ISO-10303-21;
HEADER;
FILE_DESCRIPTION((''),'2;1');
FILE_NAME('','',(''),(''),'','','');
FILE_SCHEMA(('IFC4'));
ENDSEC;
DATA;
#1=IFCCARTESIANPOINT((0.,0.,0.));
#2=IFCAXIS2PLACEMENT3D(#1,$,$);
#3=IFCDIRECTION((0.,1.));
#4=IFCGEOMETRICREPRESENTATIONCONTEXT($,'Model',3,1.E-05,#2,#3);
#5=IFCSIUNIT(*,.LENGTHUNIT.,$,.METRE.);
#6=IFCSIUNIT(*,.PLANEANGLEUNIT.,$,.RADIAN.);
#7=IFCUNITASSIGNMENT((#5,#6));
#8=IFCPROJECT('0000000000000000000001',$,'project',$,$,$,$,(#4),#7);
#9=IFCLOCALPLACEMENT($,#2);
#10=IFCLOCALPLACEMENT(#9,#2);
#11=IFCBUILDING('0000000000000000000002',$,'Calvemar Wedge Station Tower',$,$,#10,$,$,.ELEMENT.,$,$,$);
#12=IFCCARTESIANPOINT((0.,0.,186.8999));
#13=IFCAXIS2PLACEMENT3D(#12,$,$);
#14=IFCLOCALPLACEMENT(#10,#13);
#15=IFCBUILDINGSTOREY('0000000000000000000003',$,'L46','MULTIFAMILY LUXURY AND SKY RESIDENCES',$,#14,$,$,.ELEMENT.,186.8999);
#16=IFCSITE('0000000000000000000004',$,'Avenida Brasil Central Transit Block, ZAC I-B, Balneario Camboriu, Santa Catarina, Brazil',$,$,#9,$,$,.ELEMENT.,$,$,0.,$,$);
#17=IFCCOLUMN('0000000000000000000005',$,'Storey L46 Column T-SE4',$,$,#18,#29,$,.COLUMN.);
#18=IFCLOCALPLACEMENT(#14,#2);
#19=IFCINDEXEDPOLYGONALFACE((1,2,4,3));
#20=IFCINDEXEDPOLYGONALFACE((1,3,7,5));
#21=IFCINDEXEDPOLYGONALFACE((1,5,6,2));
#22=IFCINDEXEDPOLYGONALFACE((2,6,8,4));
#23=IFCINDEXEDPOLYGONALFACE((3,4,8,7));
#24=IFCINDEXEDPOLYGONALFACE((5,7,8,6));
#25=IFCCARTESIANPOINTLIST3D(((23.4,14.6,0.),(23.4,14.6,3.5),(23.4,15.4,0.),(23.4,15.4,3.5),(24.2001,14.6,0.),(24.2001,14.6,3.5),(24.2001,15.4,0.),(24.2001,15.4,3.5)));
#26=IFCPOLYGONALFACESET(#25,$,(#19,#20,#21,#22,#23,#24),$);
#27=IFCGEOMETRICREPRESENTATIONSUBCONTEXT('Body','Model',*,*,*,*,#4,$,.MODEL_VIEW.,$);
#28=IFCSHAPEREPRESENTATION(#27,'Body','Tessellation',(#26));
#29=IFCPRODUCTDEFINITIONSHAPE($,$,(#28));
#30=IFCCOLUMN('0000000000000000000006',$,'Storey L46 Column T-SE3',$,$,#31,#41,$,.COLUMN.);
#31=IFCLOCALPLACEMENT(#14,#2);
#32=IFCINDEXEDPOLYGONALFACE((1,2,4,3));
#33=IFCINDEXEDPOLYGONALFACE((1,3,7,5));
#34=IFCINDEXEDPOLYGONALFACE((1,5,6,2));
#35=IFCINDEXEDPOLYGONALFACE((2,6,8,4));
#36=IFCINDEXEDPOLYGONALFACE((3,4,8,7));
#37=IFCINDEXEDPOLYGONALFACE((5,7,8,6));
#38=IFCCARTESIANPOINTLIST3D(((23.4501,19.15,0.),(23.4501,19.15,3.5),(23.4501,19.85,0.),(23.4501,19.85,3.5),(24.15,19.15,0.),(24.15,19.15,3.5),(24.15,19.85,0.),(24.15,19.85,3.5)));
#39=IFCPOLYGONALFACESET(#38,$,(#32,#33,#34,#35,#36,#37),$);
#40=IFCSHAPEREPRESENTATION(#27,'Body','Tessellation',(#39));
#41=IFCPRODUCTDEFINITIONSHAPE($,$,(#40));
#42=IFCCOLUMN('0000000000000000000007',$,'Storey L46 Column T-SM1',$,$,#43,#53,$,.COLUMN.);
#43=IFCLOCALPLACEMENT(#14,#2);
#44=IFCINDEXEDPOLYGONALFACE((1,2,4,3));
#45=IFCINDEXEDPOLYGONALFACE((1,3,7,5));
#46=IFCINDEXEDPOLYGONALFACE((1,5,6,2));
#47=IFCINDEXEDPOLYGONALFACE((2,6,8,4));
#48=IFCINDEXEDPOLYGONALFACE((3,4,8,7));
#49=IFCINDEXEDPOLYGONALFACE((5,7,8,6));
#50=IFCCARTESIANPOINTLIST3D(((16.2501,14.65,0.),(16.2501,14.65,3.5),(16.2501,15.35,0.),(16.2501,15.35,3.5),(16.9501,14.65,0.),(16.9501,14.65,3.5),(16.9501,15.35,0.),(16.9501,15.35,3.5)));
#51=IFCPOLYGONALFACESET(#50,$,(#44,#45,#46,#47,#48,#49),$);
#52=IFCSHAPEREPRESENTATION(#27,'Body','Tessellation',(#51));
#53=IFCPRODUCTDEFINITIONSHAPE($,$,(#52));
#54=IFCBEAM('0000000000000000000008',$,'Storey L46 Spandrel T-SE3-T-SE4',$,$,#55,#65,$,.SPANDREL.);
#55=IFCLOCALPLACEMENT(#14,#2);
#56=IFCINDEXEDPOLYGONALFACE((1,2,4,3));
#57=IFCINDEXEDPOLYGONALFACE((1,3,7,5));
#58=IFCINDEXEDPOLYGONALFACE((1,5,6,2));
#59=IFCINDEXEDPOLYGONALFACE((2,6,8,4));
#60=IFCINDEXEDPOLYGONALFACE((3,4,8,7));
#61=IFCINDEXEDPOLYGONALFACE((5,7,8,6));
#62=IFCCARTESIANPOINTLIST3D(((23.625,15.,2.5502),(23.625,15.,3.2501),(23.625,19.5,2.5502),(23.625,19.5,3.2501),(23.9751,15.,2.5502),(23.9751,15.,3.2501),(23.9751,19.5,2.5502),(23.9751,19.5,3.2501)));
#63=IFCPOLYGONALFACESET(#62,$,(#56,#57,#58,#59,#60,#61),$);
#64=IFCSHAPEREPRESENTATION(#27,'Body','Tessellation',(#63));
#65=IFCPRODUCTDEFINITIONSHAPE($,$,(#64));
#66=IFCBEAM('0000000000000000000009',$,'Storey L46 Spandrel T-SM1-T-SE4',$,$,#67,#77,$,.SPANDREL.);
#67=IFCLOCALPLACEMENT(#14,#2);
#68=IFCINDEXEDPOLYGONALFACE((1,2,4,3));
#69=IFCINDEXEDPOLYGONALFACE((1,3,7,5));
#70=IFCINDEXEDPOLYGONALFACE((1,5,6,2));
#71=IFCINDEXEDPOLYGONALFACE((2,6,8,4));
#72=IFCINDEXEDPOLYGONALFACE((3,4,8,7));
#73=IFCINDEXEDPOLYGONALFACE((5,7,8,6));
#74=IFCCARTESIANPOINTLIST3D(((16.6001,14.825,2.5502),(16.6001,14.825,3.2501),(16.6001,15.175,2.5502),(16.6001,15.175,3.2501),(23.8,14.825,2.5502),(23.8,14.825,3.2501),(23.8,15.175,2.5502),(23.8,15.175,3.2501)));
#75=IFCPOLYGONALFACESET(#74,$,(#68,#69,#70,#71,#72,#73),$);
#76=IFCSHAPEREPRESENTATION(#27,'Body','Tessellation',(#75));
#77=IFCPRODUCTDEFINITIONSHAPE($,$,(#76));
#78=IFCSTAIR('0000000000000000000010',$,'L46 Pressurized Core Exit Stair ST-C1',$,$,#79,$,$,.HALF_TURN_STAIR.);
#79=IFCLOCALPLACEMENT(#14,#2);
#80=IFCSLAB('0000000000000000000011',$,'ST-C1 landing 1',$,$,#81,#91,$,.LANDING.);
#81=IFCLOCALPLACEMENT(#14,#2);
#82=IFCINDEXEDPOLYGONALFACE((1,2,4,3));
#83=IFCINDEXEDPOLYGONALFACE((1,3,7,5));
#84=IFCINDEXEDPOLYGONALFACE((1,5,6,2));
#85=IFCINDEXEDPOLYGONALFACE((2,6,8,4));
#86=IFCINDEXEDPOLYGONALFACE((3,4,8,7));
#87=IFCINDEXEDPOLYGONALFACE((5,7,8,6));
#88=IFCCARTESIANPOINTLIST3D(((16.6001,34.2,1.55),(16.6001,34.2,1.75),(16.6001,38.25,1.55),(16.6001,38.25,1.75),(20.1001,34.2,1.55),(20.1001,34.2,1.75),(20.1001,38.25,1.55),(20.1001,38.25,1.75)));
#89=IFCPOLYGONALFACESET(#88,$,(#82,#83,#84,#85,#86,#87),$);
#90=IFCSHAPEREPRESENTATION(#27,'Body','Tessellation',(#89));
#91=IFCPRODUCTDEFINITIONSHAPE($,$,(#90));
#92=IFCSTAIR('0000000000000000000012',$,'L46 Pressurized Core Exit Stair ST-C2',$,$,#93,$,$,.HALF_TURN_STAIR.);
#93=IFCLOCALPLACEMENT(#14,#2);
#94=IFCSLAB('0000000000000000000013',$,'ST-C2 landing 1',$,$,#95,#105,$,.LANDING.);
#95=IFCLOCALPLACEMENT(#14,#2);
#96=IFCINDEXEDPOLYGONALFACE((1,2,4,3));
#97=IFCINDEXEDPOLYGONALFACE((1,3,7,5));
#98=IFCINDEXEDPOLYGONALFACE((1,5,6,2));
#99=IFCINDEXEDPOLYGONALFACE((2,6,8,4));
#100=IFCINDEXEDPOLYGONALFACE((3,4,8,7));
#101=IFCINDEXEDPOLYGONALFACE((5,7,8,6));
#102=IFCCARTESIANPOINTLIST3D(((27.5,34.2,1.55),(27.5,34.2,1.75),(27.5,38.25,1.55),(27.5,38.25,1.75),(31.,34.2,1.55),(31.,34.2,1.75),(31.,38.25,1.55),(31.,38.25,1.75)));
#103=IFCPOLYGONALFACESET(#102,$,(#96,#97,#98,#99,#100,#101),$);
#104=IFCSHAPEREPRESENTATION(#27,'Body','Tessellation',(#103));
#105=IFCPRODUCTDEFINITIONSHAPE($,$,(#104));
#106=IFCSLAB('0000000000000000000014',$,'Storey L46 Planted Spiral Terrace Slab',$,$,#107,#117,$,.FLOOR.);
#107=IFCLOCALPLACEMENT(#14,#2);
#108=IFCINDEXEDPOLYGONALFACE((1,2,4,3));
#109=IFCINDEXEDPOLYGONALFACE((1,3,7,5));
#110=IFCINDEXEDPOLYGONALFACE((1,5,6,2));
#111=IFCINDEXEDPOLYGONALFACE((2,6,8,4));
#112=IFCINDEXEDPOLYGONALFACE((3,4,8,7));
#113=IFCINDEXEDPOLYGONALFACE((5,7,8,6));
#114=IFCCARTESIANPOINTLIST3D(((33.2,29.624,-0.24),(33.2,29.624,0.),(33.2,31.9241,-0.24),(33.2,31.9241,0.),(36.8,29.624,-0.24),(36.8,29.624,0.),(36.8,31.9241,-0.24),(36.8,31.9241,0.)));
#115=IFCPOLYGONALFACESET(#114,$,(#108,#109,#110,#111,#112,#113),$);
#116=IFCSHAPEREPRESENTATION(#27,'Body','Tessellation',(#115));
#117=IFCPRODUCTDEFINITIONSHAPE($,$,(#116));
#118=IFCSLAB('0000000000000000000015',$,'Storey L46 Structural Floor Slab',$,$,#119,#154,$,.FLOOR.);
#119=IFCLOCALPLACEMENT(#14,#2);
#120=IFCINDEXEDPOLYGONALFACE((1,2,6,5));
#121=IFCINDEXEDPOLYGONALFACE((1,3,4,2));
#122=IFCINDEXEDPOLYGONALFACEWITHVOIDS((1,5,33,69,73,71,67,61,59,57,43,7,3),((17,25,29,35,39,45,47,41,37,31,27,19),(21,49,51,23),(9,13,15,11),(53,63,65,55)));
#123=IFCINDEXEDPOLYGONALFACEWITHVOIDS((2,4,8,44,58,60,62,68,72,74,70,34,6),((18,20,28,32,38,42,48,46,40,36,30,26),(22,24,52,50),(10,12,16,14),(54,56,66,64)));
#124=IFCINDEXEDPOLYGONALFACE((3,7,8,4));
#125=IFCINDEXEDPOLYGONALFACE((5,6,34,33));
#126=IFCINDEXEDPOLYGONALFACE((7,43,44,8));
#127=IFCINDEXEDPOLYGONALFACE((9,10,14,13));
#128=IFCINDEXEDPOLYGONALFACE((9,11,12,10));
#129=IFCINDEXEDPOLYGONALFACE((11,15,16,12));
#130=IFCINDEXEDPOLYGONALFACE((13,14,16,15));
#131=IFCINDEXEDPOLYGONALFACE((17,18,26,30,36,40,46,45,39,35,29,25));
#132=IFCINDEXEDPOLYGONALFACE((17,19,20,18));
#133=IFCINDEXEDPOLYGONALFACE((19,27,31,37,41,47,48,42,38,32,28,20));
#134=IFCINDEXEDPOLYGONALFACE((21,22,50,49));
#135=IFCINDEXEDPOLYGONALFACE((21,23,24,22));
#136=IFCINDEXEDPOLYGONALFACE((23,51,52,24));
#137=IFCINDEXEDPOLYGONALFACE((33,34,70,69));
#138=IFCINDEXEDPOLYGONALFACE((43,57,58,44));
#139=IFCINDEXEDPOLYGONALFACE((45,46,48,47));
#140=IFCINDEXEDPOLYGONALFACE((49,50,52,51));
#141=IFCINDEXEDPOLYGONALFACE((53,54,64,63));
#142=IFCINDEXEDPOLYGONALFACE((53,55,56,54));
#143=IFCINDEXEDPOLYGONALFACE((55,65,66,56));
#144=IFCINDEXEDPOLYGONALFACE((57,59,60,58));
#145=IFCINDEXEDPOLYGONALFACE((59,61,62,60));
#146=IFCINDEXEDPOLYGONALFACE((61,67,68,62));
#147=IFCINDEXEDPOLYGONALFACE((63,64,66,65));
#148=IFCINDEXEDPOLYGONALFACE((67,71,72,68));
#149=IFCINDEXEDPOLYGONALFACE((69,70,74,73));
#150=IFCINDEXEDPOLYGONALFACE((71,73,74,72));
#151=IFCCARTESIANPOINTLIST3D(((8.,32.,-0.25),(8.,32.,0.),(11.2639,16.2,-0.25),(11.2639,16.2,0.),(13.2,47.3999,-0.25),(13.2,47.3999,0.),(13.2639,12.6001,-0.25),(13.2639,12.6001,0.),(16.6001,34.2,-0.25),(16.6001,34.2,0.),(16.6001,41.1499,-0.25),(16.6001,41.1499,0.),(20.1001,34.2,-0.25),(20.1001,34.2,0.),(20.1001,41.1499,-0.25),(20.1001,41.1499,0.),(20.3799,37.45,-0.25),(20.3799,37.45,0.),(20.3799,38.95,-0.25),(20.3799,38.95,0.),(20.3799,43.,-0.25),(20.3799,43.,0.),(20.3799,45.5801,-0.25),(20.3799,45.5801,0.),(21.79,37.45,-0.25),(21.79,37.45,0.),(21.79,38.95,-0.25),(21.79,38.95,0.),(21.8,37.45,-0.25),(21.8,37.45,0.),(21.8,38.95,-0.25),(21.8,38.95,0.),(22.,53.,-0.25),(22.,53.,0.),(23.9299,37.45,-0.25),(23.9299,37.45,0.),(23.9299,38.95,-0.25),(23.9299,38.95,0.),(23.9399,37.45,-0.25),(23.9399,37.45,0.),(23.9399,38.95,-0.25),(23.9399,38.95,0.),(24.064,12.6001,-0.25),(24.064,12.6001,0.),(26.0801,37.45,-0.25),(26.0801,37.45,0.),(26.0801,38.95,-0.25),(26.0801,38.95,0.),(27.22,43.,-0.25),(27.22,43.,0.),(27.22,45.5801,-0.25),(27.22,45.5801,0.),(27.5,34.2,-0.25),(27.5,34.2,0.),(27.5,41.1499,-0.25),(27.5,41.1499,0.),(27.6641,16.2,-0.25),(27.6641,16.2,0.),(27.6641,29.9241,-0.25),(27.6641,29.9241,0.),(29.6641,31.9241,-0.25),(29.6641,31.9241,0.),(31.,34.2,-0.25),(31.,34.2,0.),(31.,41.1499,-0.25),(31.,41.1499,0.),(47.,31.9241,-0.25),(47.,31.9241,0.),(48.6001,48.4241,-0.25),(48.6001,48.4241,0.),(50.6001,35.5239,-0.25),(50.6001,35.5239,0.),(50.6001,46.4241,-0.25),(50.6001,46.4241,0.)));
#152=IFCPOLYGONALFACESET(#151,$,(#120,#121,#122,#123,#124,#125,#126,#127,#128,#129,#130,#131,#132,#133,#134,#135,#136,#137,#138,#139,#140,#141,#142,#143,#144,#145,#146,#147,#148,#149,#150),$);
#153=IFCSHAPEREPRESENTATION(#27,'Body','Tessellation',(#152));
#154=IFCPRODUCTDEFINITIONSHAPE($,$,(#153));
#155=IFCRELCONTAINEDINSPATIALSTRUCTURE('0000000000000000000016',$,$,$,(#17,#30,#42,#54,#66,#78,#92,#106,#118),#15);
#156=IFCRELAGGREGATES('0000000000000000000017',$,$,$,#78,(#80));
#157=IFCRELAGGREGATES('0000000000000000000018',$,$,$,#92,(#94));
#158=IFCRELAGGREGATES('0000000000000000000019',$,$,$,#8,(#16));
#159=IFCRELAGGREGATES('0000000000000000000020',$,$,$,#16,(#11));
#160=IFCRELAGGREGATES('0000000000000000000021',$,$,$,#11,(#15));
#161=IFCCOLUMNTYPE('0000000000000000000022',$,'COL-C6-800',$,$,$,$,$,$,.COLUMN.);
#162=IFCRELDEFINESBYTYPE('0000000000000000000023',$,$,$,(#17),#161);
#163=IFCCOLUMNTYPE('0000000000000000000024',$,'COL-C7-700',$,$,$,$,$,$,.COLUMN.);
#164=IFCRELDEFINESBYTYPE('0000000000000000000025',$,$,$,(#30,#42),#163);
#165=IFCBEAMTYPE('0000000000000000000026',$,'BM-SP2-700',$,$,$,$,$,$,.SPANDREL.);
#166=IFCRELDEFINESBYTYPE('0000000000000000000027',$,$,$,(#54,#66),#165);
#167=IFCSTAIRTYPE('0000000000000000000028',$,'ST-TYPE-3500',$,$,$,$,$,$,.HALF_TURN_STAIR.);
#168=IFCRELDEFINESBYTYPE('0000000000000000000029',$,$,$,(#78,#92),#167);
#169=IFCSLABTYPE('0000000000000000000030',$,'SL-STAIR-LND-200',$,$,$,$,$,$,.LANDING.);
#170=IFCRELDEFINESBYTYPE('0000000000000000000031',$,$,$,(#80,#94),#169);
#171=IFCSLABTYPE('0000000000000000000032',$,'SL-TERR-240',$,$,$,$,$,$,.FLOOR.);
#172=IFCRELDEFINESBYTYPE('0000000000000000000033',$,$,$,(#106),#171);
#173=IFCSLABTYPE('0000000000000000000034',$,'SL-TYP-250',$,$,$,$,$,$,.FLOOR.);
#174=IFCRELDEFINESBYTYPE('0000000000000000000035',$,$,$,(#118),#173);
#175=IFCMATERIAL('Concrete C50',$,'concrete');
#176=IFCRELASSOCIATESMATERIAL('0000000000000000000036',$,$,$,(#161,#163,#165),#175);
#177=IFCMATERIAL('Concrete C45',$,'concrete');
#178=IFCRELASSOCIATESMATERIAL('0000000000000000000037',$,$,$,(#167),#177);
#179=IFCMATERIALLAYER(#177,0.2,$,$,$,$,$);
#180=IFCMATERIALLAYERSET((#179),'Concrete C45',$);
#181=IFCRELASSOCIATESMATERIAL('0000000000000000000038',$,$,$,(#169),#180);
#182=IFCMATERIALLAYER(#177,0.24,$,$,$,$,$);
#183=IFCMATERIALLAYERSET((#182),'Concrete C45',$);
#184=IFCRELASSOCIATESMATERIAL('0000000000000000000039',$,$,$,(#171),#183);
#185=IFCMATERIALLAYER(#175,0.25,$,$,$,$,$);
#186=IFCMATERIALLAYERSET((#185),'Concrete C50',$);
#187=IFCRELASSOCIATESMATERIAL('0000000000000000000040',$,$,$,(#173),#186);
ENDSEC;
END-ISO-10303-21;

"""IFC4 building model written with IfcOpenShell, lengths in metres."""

from ifc_helpers import new_model, si_unit, direction, frame, origin, origin_2d, place, context, subcontext, project, spatial, polyline, rectangle, outline, extrude, source, transform, mapped, material, layer, layer_set, material_profile, profile_set, type_object, element, aggregate, save


model = new_model("IFC4")

# Units and contexts
model_context = context("Model", 3, precision=1e-05, world=origin(), true_north=direction((0.0, 1.0)))
body_context = subcontext(model_context, "Body", "Model", "MODEL_VIEW")
ifc_project = project(units=[si_unit("LENGTHUNIT", "METRE"), si_unit("PLANEANGLEUNIT", "RADIAN")], contexts=[model_context])

# Site, building, storey
site_placement = place(None, origin())
site = spatial("IfcSite", under=ifc_project, at=site_placement, Name="Avenida Brasil Central Transit Block, ZAC I-B, Balneario Camboriu, Santa Catarina, Brazil", CompositionType="ELEMENT", RefElevation=0.0)
building_placement = place(site_placement, origin())
building = spatial("IfcBuilding", under=site, at=building_placement, Name="Calvemar Wedge Station Tower", CompositionType="ELEMENT")
storey_placement = place(building_placement, frame((0.0, 0.0, 186.8999)))
storey = spatial("IfcBuildingStorey", under=building, at=storey_placement, Name="L46", Description="MULTIFAMILY LUXURY AND SKY RESIDENCES", CompositionType="ELEMENT", Elevation=186.8999)

# Columns
ifc_material_1 = material(Name="Concrete C50", Category="concrete")
ifc_material_profile_1 = material_profile(ifc_material_1, rectangle(XDim=0.8, YDim=0.8, at=origin_2d()), Name="RC800x800")
ifc_profile_set_1 = profile_set([ifc_material_profile_1], Name="Concrete C50")
column_type_1 = type_object("IfcColumnType", Name="COL-C6-800", PredefinedType="COLUMN", material=ifc_profile_set_1)
shared_shape_1 = source(origin(), body_context, "Body", "SweptSolid", [
    extrude(rectangle(XDim=0.8, YDim=0.8, at=origin_2d()), origin(), (0.0, 0.0, 1.0), 3.5),
])
column_placement = place(storey_placement, frame((23.8, 15.0, 0.0), z_axis=(0.0, 0.0, 1.0), x_axis=(1.0, 0.0, 0.0)))
element("IfcColumn", 1, at=column_placement, inside=storey, type_object=column_type_1, Name="Storey L46 Column T-SE4", PredefinedType="COLUMN", context=body_context, shape_type="MappedRepresentation", body=[
    mapped(shared_shape_1, transform((0.0, 0.0, 0.0), scale=1.0)),
])
ifc_material_profile_2 = material_profile(ifc_material_1, rectangle(XDim=0.7, YDim=0.7, at=origin_2d()), Name="RC700x700")
ifc_profile_set_2 = profile_set([ifc_material_profile_2], Name="Concrete C50")
column_type_2 = type_object("IfcColumnType", Name="COL-C7-700", PredefinedType="COLUMN", material=ifc_profile_set_2)
shared_shape_2 = source(origin(), body_context, "Body", "SweptSolid", [
    extrude(rectangle(XDim=0.7, YDim=0.7, at=origin_2d()), origin(), (0.0, 0.0, 1.0), 3.5),
])
for number, where, z_axis, x_axis, name in (
    (2, (23.8, 19.5, 0.0), (0.0, 0.0, 1.0), (1.0, 0.0, 0.0), "Storey L46 Column T-SE3"),
    (3, (16.6001, 15.0, 0.0), (0.0, 0.0, 1.0), (1.0, 0.0, 0.0), "Storey L46 Column T-SM1"),
):
    element("IfcColumn", number, at=place(storey_placement, frame(where, z_axis=z_axis, x_axis=x_axis)), inside=storey, type_object=column_type_2, Name=name, PredefinedType="COLUMN", context=body_context, shape_type="MappedRepresentation", body=[
        mapped(shared_shape_2, transform((0.0, 0.0, 0.0), scale=1.0)),
    ])

# Beams
ifc_material_profile_3 = material_profile(ifc_material_1, rectangle(XDim=0.3501, YDim=0.7, at=origin_2d()), Name="RC350x700")
ifc_profile_set_3 = profile_set([ifc_material_profile_3], Name="Concrete C50")
beam_type = type_object("IfcBeamType", Name="BM-SP2-700", PredefinedType="SPANDREL", material=ifc_profile_set_3)
shared_shape_3 = source(origin(), body_context, "Body", "SweptSolid", [
    extrude(rectangle(XDim=0.3501, YDim=0.7, at=origin_2d()), origin(), (0.0, 0.0, 1.0), 4.5),
])
beam_1_placement = place(storey_placement, frame((23.8, 19.5, 2.9001), z_axis=(0.0, -1.0, 0.0), x_axis=(1.0, 0.0, 0.0)))
element("IfcBeam", 4, at=beam_1_placement, inside=storey, type_object=beam_type, Name="Storey L46 Spandrel T-SE3-T-SE4", PredefinedType="SPANDREL", context=body_context, shape_type="MappedRepresentation", body=[
    mapped(shared_shape_3, transform((0.0, 0.0, 0.0), scale=1.0)),
])
shared_shape_4 = source(origin(), body_context, "Body", "SweptSolid", [
    extrude(rectangle(XDim=0.3501, YDim=0.7, at=origin_2d()), origin(), (0.0, 0.0, 1.0), 7.2),
])
beam_2_placement = place(storey_placement, frame((16.6001, 15.0, 2.9001), z_axis=(1.0, 0.0, 0.0), x_axis=(0.0, 1.0, 0.0)))
element("IfcBeam", 5, at=beam_2_placement, inside=storey, type_object=beam_type, Name="Storey L46 Spandrel T-SM1-T-SE4", PredefinedType="SPANDREL", context=body_context, shape_type="MappedRepresentation", body=[
    mapped(shared_shape_4, transform((0.0, 0.0, 0.0), scale=1.0)),
])

# Stairs, slabs
ifc_material_2 = material(Name="Concrete C45", Category="concrete")
stair_type = type_object("IfcStairType", Name="ST-TYPE-3500", PredefinedType="HALF_TURN_STAIR", material=ifc_material_2)
stair_1_placement = place(storey_placement, origin())
stair_1 = element("IfcStair", 6, at=stair_1_placement, inside=storey, type_object=stair_type, Name="L46 Pressurized Core Exit Stair ST-C1", PredefinedType="HALF_TURN_STAIR")
ifc_layer_1 = layer(ifc_material_2, 0.2)
ifc_layer_set_1 = layer_set([ifc_layer_1], Name="Concrete C45")
slab_type_1 = type_object("IfcSlabType", Name="SL-STAIR-LND-200", PredefinedType="LANDING", material=ifc_layer_set_1)
slab_1_placement = place(storey_placement, frame((0.0, 0.0, 1.55)))
slab_1 = element("IfcSlab", 7, at=slab_1_placement, type_object=slab_type_1, Name="ST-C1 landing 1", PredefinedType="LANDING", context=body_context, shape_type="SweptSolid", body=[
    extrude(outline(polyline([(16.6001, 38.25), (16.6001, 34.2), (20.1001, 34.2), (20.1001, 38.25), (16.6001, 38.25)])), origin(), (0.0, 0.0, 1.0), 0.2),
])
aggregate(stair_1, [slab_1])
stair_2_placement = place(storey_placement, origin())
stair_2 = element("IfcStair", 8, at=stair_2_placement, inside=storey, type_object=stair_type, Name="L46 Pressurized Core Exit Stair ST-C2", PredefinedType="HALF_TURN_STAIR")
slab_2_placement = place(storey_placement, frame((0.0, 0.0, 1.55)))
slab_2 = element("IfcSlab", 9, at=slab_2_placement, type_object=slab_type_1, Name="ST-C2 landing 1", PredefinedType="LANDING", context=body_context, shape_type="SweptSolid", body=[
    extrude(outline(polyline([(27.5, 38.25), (27.5, 34.2), (31.0, 34.2), (31.0, 38.25), (27.5, 38.25)])), origin(), (0.0, 0.0, 1.0), 0.2),
])
aggregate(stair_2, [slab_2])

# Slabs
ifc_layer_2 = layer(ifc_material_2, 0.24)
ifc_layer_set_2 = layer_set([ifc_layer_2], Name="Concrete C45")
slab_type_2 = type_object("IfcSlabType", Name="SL-TERR-240", PredefinedType="FLOOR", material=ifc_layer_set_2)
slab_3_placement = place(storey_placement, frame((0.0, 0.0, -0.24)))
element("IfcSlab", 10, at=slab_3_placement, inside=storey, type_object=slab_type_2, Name="Storey L46 Planted Spiral Terrace Slab", PredefinedType="FLOOR", context=body_context, shape_type="SweptSolid", body=[
    extrude(outline(polyline([(33.2, 31.9241), (33.2, 29.624), (36.8, 29.624), (36.8, 31.9241), (33.2, 31.9241)])), origin(), (0.0, 0.0, 1.0), 0.24),
])
ifc_layer_3 = layer(ifc_material_1, 0.25)
ifc_layer_set_3 = layer_set([ifc_layer_3], Name="Concrete C50")
slab_type_3 = type_object("IfcSlabType", Name="SL-TYP-250", PredefinedType="FLOOR", material=ifc_layer_set_3)
slab_4_placement = place(storey_placement, frame((0.0, 0.0, -0.25)))
element("IfcSlab", 11, at=slab_4_placement, inside=storey, type_object=slab_type_3, Name="Storey L46 Structural Floor Slab", PredefinedType="FLOOR", context=body_context, shape_type="SweptSolid", body=[
    extrude(outline(polyline([(8.0, 32.0), (11.2639, 16.2), (13.2639, 12.6001), (24.064, 12.6001), (27.6641, 16.2), (27.6641, 29.9241), (29.6641, 31.9241), (47.0, 31.9241), (50.6001, 35.5239), (50.6001, 46.4241), (48.6001, 48.4241), (22.0, 53.0), (13.2, 47.3999), (8.0, 32.0)]), holes=[polyline([(20.1001, 34.2), (20.1001, 41.1499), (16.6001, 41.1499), (16.6001, 34.2), (20.1001, 34.2)]), polyline([(27.5, 34.2), (31.0, 34.2), (31.0, 41.1499), (27.5, 41.1499), (27.5, 34.2)]), polyline([(21.8, 37.45), (23.9299, 37.45), (23.9399, 37.45), (26.0801, 37.45), (26.0801, 38.95), (23.9399, 38.95), (23.9299, 38.95), (21.8, 38.95), (21.79, 38.95), (20.3799, 38.95), (20.3799, 37.45), (21.79, 37.45), (21.8, 37.45)]), polyline([(27.22, 43.0), (27.22, 45.5801), (20.3799, 45.5801), (20.3799, 43.0), (27.22, 43.0)])]), origin(), (0.0, 0.0, 1.0), 0.25),
])

save(model, "model.ifc")
